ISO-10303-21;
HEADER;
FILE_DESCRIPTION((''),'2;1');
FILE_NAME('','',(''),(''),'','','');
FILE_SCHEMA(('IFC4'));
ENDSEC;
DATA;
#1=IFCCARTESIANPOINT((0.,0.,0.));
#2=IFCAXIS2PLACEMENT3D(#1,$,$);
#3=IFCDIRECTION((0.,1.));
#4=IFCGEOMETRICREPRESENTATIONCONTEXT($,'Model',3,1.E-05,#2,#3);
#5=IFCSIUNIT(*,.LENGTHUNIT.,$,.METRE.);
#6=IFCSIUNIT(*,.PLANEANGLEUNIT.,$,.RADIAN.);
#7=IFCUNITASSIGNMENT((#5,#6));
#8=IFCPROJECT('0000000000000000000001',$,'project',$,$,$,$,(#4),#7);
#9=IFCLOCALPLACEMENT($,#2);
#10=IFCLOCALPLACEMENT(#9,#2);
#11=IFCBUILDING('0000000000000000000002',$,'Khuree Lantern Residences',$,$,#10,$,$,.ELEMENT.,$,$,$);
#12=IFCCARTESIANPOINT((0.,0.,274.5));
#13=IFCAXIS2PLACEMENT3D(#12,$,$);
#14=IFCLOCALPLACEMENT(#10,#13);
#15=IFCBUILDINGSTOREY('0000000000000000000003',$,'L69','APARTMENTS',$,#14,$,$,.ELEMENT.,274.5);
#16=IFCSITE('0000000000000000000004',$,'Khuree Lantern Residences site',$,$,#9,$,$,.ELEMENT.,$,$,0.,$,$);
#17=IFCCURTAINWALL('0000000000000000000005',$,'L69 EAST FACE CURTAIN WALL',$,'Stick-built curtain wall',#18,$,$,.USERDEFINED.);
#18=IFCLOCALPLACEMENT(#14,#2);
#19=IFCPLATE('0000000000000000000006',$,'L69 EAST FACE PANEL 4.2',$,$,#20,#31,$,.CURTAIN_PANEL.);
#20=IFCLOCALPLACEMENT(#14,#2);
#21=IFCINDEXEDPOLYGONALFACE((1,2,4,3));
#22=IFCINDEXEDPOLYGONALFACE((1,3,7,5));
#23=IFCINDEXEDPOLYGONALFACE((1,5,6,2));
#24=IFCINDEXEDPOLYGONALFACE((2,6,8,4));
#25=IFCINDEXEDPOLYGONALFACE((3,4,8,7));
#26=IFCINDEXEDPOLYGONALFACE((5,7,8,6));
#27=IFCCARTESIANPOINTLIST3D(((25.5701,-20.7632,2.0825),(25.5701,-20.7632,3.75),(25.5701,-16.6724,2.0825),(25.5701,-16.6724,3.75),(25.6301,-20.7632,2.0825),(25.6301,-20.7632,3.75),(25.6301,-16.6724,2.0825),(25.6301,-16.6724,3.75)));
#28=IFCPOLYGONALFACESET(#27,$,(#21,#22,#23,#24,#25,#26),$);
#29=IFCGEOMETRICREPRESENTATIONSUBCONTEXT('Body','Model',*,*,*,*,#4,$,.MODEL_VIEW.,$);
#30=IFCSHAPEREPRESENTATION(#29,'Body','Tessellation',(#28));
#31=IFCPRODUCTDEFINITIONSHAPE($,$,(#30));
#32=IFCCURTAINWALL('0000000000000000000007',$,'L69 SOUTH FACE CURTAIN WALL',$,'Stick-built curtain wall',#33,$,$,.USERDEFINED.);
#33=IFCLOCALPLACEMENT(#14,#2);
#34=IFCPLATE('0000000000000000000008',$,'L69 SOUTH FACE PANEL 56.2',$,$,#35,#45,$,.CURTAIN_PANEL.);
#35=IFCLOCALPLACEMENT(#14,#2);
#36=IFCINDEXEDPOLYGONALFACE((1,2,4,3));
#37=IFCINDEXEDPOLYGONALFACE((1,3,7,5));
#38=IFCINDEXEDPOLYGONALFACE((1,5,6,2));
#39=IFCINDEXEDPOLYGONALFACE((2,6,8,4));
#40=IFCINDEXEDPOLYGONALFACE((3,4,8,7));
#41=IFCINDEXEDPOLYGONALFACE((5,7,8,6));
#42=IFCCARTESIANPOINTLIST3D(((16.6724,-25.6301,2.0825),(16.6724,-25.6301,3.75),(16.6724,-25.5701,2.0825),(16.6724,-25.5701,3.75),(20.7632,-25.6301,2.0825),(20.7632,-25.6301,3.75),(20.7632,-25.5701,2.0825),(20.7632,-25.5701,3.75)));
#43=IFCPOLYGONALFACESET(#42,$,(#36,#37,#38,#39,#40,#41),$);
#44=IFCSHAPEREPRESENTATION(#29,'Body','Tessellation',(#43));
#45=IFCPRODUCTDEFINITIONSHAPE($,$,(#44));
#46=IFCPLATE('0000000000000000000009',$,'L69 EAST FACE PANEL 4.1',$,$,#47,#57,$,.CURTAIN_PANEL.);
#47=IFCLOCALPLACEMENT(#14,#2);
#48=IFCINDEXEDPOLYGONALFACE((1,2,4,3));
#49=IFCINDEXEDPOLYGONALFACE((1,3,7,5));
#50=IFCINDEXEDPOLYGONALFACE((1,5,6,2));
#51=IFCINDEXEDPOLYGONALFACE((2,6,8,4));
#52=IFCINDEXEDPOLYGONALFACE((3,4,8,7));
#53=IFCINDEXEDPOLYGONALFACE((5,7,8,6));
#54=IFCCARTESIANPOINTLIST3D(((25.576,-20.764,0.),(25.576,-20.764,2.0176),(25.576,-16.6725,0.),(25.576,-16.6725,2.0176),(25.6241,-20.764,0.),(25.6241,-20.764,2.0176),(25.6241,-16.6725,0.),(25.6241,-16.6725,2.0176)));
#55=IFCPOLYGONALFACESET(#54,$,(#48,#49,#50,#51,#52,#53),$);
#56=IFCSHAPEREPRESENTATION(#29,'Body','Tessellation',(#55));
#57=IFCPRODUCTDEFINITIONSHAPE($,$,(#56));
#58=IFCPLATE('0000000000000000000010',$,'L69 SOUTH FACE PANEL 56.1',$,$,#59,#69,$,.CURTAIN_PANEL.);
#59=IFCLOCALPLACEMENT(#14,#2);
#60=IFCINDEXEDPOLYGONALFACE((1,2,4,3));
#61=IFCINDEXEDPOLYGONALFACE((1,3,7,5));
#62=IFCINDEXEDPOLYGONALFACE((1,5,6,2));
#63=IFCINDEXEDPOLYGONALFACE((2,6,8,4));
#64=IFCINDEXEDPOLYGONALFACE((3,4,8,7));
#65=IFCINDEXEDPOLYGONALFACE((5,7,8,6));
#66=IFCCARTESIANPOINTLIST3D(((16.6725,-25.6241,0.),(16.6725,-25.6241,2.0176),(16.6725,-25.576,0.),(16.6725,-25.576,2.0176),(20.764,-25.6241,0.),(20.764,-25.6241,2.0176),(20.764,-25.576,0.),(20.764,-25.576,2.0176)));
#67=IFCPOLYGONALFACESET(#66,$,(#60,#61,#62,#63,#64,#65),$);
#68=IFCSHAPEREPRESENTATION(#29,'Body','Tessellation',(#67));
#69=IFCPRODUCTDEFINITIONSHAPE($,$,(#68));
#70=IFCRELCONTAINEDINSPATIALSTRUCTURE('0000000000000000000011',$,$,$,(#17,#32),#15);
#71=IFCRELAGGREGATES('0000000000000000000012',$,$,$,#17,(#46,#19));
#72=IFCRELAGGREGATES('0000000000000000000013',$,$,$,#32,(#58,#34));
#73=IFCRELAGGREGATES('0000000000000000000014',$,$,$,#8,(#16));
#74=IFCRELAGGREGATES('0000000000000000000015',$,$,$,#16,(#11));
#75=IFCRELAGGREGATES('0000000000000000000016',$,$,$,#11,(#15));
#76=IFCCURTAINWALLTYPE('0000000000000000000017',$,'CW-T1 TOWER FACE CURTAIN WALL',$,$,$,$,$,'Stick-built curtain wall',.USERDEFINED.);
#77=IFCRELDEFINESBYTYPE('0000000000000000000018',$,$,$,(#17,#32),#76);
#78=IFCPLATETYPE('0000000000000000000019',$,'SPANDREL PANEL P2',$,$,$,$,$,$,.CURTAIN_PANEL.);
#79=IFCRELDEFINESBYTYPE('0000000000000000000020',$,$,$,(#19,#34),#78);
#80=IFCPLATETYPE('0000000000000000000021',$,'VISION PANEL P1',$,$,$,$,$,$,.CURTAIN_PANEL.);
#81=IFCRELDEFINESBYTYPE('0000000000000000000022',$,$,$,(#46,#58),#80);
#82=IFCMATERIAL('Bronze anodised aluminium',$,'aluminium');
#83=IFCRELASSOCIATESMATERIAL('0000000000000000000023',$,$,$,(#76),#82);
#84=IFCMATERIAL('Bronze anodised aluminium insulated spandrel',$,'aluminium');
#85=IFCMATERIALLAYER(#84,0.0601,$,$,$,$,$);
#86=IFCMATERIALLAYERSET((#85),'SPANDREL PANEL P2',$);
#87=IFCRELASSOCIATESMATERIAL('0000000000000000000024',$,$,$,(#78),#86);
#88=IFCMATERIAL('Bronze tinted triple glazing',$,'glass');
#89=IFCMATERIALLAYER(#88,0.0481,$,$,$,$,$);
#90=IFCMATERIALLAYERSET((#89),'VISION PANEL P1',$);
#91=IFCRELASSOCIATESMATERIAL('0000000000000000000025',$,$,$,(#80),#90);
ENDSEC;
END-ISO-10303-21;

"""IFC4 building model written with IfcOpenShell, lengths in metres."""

from ifc_helpers import new_model, si_unit, direction, frame, origin, origin_2d, place, context, subcontext, project, spatial, rectangle, extrude, material, layer, layer_set, type_object, element, aggregate, save


model = new_model("IFC4")

# Units and contexts
model_context = context("Model", 3, precision=1e-05, world=origin(), true_north=direction((0.0, 1.0)))
body_context = subcontext(model_context, "Body", "Model", "MODEL_VIEW")
ifc_project = project(units=[si_unit("LENGTHUNIT", "METRE"), si_unit("PLANEANGLEUNIT", "RADIAN")], contexts=[model_context])

# Site, building, storey
site_placement = place(None, origin())
site = spatial("IfcSite", under=ifc_project, at=site_placement, Name="Khuree Lantern Residences site", CompositionType="ELEMENT", RefElevation=0.0)
building_placement = place(site_placement, origin())
building = spatial("IfcBuilding", under=site, at=building_placement, Name="Khuree Lantern Residences", CompositionType="ELEMENT")
storey_placement = place(building_placement, frame((0.0, 0.0, 274.5)))
storey = spatial("IfcBuildingStorey", under=building, at=storey_placement, Name="L69", Description="APARTMENTS", CompositionType="ELEMENT", Elevation=274.5)

# Curtain wall
ifc_material_1 = material(Name="Bronze anodised aluminium", Category="aluminium")
curtain_wall_type_1 = type_object("IfcCurtainWallType", Name="CW-T1 TOWER FACE CURTAIN WALL", ElementType="Stick-built curtain wall", PredefinedType="USERDEFINED", material=ifc_material_1)
curtain_wall_1_placement = place(storey_placement, origin())
curtain_wall_1 = element("IfcCurtainWall", 1, at=curtain_wall_1_placement, inside=storey, type_object=curtain_wall_type_1, Name="L69 EAST FACE CURTAIN WALL", ObjectType="Stick-built curtain wall", PredefinedType="USERDEFINED")

# Plate
ifc_material_2 = material(Name="Bronze tinted triple glazing", Category="glass")
ifc_material_3 = material(Name="Bronze anodised aluminium insulated spandrel", Category="aluminium")
ifc_layer_1 = layer(ifc_material_3, 0.0601)
ifc_layer_set_1 = layer_set([ifc_layer_1], Name="SPANDREL PANEL P2")
plate_type_1 = type_object("IfcPlateType", Name="SPANDREL PANEL P2", PredefinedType="CURTAIN_PANEL", material=ifc_layer_set_1)
plate_1_placement = place(storey_placement, frame((25.6001, -18.7178, 2.0825), z_axis=(0.0, 0.0, 1.0), x_axis=(0.0, 1.0, 0.0)))
plate_1 = element("IfcPlate", 2, at=plate_1_placement, type_object=plate_type_1, Name="L69 EAST FACE PANEL 4.2", PredefinedType="CURTAIN_PANEL", context=body_context, shape_type="SweptSolid", body=[
    extrude(rectangle(XDim=4.0908, YDim=0.0601, at=origin_2d()), origin(), (0.0, 0.0, 1.0), 1.6675),
])

# Curtain wall, plate
curtain_wall_2_placement = place(storey_placement, origin())
curtain_wall_2 = element("IfcCurtainWall", 3, at=curtain_wall_2_placement, inside=storey, type_object=curtain_wall_type_1, Name="L69 SOUTH FACE CURTAIN WALL", ObjectType="Stick-built curtain wall", PredefinedType="USERDEFINED")
plate_2_placement = place(storey_placement, frame((18.7178, -25.6001, 2.0825), z_axis=(0.0, 0.0, 1.0), x_axis=(1.0, 0.0, 0.0)))
plate_2 = element("IfcPlate", 4, at=plate_2_placement, type_object=plate_type_1, Name="L69 SOUTH FACE PANEL 56.2", PredefinedType="CURTAIN_PANEL", context=body_context, shape_type="SweptSolid", body=[
    extrude(rectangle(XDim=4.0908, YDim=0.0601, at=origin_2d()), origin(), (0.0, 0.0, 1.0), 1.6675),
])

# Plates
ifc_layer_2 = layer(ifc_material_2, 0.0481)
ifc_layer_set_2 = layer_set([ifc_layer_2], Name="VISION PANEL P1")
plate_type_2 = type_object("IfcPlateType", Name="VISION PANEL P1", PredefinedType="CURTAIN_PANEL", material=ifc_layer_set_2)
plate_3_placement = place(storey_placement, frame((25.6001, -18.7183, 0.0), z_axis=(0.0, 0.0, 1.0), x_axis=(0.0, 1.0, 0.0)))
plate_3 = element("IfcPlate", 5, at=plate_3_placement, type_object=plate_type_2, Name="L69 EAST FACE PANEL 4.1", PredefinedType="CURTAIN_PANEL", context=body_context, shape_type="SweptSolid", body=[
    extrude(rectangle(XDim=4.0916, YDim=0.0481, at=origin_2d()), origin(), (0.0, 0.0, 1.0), 2.0176),
])
aggregate(curtain_wall_1, [plate_3, plate_1])
plate_4_placement = place(storey_placement, frame((18.7183, -25.6001, 0.0), z_axis=(0.0, 0.0, 1.0), x_axis=(1.0, 0.0, 0.0)))
plate_4 = element("IfcPlate", 6, at=plate_4_placement, type_object=plate_type_2, Name="L69 SOUTH FACE PANEL 56.1", PredefinedType="CURTAIN_PANEL", context=body_context, shape_type="SweptSolid", body=[
    extrude(rectangle(XDim=4.0916, YDim=0.0481, at=origin_2d()), origin(), (0.0, 0.0, 1.0), 2.0176),
])
aggregate(curtain_wall_2, [plate_4, plate_2])

save(model, "model.ifc")
